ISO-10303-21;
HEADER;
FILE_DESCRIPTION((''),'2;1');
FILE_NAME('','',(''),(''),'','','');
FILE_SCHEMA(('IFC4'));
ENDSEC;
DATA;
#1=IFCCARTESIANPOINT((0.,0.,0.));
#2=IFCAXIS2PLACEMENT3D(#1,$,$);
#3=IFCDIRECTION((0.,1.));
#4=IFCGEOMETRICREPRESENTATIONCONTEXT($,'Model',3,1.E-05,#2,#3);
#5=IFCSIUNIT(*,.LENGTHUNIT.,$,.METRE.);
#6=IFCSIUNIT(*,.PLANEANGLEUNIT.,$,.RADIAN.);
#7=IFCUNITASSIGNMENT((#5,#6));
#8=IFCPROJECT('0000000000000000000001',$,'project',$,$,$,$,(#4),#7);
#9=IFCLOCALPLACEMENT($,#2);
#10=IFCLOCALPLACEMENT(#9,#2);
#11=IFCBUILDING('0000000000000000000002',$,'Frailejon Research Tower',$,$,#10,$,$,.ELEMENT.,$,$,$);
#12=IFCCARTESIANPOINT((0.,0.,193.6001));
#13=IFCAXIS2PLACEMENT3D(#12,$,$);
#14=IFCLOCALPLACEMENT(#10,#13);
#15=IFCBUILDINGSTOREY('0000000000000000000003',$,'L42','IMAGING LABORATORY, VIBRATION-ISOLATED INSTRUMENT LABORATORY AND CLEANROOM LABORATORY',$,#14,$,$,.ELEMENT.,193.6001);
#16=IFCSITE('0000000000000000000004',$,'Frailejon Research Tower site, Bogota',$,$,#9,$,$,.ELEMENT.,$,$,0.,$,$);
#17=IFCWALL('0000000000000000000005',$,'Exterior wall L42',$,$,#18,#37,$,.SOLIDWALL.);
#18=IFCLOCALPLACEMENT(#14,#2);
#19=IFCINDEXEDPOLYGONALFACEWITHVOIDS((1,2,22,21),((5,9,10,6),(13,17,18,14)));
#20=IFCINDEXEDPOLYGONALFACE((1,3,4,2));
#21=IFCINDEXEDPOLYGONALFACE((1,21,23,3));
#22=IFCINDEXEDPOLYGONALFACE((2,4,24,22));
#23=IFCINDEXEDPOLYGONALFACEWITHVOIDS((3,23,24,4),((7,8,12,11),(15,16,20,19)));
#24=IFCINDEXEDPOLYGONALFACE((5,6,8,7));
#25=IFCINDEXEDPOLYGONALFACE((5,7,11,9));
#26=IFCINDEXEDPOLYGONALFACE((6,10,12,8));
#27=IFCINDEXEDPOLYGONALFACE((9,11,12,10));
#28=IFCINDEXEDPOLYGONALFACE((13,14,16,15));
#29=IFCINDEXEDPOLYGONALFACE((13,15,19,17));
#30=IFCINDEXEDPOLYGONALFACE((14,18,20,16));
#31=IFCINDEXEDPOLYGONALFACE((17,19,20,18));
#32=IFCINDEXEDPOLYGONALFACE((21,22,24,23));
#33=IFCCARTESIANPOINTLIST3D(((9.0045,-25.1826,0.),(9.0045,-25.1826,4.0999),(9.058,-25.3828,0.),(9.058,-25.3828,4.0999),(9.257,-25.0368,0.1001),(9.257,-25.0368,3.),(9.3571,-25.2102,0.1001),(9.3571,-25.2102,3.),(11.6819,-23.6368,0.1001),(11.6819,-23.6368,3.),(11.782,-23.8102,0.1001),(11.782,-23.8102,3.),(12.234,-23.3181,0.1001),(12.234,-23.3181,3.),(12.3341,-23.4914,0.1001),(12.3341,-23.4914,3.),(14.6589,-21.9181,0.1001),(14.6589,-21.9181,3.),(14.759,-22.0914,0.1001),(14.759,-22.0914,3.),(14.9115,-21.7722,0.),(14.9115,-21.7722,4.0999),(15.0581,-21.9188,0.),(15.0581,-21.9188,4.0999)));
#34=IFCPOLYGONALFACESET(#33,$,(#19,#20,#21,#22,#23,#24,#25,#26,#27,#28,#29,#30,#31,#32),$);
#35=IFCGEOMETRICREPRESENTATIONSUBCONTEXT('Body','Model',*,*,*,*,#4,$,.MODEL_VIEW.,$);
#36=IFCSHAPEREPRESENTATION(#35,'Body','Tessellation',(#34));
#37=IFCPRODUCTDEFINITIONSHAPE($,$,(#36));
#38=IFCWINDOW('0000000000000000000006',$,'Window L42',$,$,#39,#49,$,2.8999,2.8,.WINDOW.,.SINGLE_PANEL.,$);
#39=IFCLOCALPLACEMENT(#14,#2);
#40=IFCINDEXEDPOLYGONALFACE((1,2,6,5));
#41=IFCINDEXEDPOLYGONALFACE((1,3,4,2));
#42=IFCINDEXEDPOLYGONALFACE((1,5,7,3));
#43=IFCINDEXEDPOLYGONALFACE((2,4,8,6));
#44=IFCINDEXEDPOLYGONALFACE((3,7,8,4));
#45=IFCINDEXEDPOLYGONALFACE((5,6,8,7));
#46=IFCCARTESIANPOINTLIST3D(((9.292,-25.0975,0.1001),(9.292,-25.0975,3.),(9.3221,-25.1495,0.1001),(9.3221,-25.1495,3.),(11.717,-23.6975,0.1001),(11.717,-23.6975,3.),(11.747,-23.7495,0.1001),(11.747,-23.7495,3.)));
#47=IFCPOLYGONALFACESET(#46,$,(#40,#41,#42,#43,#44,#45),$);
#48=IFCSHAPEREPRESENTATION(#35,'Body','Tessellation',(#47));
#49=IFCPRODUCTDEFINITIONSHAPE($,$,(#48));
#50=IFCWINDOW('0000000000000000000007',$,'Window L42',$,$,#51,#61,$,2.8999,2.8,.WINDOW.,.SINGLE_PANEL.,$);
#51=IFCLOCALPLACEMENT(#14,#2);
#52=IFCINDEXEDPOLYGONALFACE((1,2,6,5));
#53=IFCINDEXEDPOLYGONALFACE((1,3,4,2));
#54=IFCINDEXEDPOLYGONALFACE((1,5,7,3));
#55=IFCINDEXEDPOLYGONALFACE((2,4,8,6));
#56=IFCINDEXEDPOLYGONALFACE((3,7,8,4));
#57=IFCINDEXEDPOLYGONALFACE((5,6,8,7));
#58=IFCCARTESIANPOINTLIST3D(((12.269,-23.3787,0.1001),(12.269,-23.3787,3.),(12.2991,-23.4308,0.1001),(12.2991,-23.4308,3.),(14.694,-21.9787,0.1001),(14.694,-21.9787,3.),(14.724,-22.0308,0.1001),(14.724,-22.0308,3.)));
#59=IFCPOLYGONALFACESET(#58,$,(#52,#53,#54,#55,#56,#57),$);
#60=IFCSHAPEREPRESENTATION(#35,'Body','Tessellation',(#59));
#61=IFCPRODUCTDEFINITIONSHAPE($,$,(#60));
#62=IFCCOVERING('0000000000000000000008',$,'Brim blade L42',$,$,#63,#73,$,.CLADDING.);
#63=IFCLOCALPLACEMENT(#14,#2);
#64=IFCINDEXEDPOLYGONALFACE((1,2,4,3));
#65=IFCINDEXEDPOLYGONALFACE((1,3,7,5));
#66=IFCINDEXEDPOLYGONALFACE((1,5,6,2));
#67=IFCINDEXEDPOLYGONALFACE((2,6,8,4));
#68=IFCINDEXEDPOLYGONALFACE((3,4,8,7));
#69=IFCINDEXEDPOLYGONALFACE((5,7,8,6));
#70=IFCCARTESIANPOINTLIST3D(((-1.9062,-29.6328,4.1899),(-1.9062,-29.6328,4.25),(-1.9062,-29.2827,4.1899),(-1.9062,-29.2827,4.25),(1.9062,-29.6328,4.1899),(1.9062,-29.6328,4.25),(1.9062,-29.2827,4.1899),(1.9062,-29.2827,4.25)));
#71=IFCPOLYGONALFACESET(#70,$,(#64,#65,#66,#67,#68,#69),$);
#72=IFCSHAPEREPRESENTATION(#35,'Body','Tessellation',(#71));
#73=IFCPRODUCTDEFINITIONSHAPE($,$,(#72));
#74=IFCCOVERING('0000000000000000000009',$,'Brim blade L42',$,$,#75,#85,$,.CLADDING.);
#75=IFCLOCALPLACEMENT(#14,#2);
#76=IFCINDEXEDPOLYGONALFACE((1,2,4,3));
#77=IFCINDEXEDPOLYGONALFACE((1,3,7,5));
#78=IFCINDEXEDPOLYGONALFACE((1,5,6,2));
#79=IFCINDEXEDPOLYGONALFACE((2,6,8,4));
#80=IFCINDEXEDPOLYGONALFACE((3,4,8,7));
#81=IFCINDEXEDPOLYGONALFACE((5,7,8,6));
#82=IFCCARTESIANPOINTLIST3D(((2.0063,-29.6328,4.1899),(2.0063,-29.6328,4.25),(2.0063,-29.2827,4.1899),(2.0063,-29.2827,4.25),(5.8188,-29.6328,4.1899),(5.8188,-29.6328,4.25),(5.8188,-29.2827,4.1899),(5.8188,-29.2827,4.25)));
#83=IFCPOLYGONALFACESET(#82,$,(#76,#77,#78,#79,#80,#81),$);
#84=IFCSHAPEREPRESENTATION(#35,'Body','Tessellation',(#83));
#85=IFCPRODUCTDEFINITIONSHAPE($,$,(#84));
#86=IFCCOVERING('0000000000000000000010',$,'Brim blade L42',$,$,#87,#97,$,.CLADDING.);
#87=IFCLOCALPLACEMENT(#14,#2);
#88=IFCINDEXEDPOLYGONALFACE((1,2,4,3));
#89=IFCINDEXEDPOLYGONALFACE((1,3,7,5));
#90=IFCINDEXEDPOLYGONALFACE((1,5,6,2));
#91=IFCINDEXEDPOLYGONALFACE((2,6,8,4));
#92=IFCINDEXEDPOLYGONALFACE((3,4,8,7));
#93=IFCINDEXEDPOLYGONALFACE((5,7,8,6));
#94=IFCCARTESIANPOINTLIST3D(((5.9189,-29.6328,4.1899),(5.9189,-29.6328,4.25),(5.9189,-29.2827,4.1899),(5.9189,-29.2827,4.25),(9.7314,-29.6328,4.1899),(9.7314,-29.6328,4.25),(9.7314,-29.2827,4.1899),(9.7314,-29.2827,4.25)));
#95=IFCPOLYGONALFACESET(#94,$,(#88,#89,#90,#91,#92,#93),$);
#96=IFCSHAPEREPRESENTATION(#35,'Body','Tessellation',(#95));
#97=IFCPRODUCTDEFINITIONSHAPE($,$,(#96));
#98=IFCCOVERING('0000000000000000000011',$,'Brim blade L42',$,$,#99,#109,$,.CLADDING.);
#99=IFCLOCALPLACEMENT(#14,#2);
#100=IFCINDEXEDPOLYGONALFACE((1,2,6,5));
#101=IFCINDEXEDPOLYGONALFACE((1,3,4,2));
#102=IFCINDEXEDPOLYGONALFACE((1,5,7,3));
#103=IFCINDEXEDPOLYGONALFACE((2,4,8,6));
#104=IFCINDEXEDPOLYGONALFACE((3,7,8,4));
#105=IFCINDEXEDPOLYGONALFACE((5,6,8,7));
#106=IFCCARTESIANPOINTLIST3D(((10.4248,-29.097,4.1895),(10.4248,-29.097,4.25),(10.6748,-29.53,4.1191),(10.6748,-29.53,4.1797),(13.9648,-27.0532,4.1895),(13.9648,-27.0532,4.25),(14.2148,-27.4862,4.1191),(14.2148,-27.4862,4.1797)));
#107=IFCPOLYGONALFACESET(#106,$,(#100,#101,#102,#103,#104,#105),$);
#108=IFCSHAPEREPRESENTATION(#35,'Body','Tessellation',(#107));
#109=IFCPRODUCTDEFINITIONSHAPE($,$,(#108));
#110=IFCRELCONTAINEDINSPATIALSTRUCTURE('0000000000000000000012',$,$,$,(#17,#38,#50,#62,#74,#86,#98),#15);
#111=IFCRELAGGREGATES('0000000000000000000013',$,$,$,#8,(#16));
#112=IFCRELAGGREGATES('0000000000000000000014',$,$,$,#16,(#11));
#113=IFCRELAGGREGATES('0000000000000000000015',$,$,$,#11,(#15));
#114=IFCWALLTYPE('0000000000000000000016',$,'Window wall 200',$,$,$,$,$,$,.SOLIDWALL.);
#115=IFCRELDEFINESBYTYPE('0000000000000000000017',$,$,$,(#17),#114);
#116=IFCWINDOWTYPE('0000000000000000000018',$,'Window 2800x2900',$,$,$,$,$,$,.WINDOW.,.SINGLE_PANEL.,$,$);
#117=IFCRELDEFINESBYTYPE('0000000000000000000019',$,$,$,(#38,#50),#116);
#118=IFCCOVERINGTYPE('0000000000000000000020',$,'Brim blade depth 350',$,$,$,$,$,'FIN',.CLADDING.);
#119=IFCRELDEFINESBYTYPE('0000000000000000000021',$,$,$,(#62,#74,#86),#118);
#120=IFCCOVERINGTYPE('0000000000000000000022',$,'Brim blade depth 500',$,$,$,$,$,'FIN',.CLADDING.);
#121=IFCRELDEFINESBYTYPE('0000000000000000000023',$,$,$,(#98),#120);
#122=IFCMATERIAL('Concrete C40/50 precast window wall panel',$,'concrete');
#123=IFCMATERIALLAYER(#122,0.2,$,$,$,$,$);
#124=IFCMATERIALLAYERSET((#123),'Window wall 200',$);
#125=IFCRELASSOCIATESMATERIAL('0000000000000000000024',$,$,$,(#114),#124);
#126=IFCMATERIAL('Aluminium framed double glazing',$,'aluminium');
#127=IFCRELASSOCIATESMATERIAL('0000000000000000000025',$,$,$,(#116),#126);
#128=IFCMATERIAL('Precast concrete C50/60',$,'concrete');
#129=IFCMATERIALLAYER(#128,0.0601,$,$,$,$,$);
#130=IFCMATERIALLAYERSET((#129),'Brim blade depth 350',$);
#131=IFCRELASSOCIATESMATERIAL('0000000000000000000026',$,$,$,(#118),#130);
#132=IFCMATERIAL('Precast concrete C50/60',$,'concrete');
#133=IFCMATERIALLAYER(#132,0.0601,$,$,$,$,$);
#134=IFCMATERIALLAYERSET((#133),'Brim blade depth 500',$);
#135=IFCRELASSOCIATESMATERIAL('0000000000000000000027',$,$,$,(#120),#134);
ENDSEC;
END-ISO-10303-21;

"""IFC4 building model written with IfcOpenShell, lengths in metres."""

from ifc_helpers import new_model, si_unit, direction, frame, frame_2d, origin, place, context, subcontext, project, spatial, polyline, rectangle, outline, extrude, material, layer, layer_set, type_object, element, fill, save


model = new_model("IFC4")

# Units and contexts
model_context = context("Model", 3, precision=1e-05, world=origin(), true_north=direction((0.0, 1.0)))
body_context = subcontext(model_context, "Body", "Model", "MODEL_VIEW")
ifc_project = project(units=[si_unit("LENGTHUNIT", "METRE"), si_unit("PLANEANGLEUNIT", "RADIAN")], contexts=[model_context])

# Site, building, storey
site_placement = place(None, origin())
site = spatial("IfcSite", under=ifc_project, at=site_placement, Name="Frailejon Research Tower site, Bogota", CompositionType="ELEMENT", RefElevation=0.0)
building_placement = place(site_placement, origin())
building = spatial("IfcBuilding", under=site, at=building_placement, Name="Frailejon Research Tower", CompositionType="ELEMENT")
storey_placement = place(building_placement, frame((0.0, 0.0, 193.6001)))
storey = spatial("IfcBuildingStorey", under=building, at=storey_placement, Name="L42", Description="IMAGING LABORATORY, VIBRATION-ISOLATED INSTRUMENT LABORATORY AND CLEANROOM LABORATORY", CompositionType="ELEMENT", Elevation=193.6001)

# Wall, openings, windows
ifc_material_1 = material(Name="Concrete C40/50 precast window wall panel", Category="concrete")
ifc_layer_1 = layer(ifc_material_1, 0.2)
ifc_layer_set_1 = layer_set([ifc_layer_1], Name="Window wall 200")
wall_type_1 = type_object("IfcWallType", Name="Window wall 200", PredefinedType="SOLIDWALL", material=ifc_layer_set_1)
wall_1_placement = place(storey_placement, frame((9.0312, -25.2827, 0.0), z_axis=(0.0, 0.0, 1.0), x_axis=(0.866029, 0.499993, 0.0)))
wall_1 = element("IfcWall", 1, at=wall_1_placement, inside=storey, type_object=wall_type_1, Name="Exterior wall L42", PredefinedType="SOLIDWALL", context=body_context, shape_type="SweptSolid", body=[
    extrude(outline(polyline([(-0.0269, -0.1001), (1.1279, -0.1001), (2.2825, -0.1001), (3.4373, -0.1001), (4.592, -0.1001), (5.7466, -0.1001), (6.9014, -0.1001), (6.8477, 0.1001), (5.7109, 0.1001), (4.574, 0.1001), (3.4373, 0.1001), (2.3005, 0.1001), (1.1636, 0.1001), (0.0269, 0.1001), (-0.0269, -0.1001)])), origin(), (0.0, 0.0, 1.0), 4.0999),
])
opening_1_placement = place(wall_1_placement, frame((0.3186, 0.0, 0.1001)))
opening_1 = element("IfcOpeningElement", 2, at=opening_1_placement, cuts=wall_1, PredefinedType="OPENING", context=body_context, shape_type="SweptSolid", body=[
    extrude(rectangle(XDim=2.8, YDim=2.8999, at=frame_2d((1.3999, 1.45))), frame((0.0, 0.1099, 0.0), z_axis=(0.0, -1.0, 0.0), x_axis=(1.0, 0.0, 0.0)), (0.0, 0.0, 1.0), 0.22),
])
opening_2_placement = place(wall_1_placement, frame((3.7561, 0.0, 0.1001)))
opening_2 = element("IfcOpeningElement", 3, at=opening_2_placement, cuts=wall_1, PredefinedType="OPENING", context=body_context, shape_type="SweptSolid", body=[
    extrude(rectangle(XDim=2.8, YDim=2.8999, at=frame_2d((1.3999, 1.45))), frame((0.0, 0.1099, 0.0), z_axis=(0.0, -1.0, 0.0), x_axis=(1.0, 0.0, 0.0)), (0.0, 0.0, 1.0), 0.22),
])
ifc_material_2 = material(Name="Aluminium framed double glazing", Category="aluminium")
window_type = type_object("IfcWindowType", Name="Window 2800x2900", PartitioningType="SINGLE_PANEL", PredefinedType="WINDOW", material=ifc_material_2)
window_1_placement = place(opening_1_placement, origin())
window_1 = element("IfcWindow", 4, at=window_1_placement, inside=storey, type_object=window_type, Name="Window L42", OverallHeight=2.8999, OverallWidth=2.8, PartitioningType="SINGLE_PANEL", PredefinedType="WINDOW", context=body_context, shape_type="SweptSolid", body=[
    extrude(rectangle(XDim=2.8, YDim=2.8999, at=frame_2d((1.3999, 1.45))), frame((0.0, 0.03, 0.0), z_axis=(0.0, -1.0, 0.0), x_axis=(1.0, 0.0, 0.0)), (0.0, 0.0, 1.0), 0.0601),
])
fill(opening_1, window_1)
window_2_placement = place(opening_2_placement, origin())
window_2 = element("IfcWindow", 5, at=window_2_placement, inside=storey, type_object=window_type, Name="Window L42", OverallHeight=2.8999, OverallWidth=2.8, PartitioningType="SINGLE_PANEL", PredefinedType="WINDOW", context=body_context, shape_type="SweptSolid", body=[
    extrude(rectangle(XDim=2.8, YDim=2.8999, at=frame_2d((1.3999, 1.45))), frame((0.0, 0.03, 0.0), z_axis=(0.0, -1.0, 0.0), x_axis=(1.0, 0.0, 0.0)), (0.0, 0.0, 1.0), 0.0601),
])
fill(opening_2, window_2)

# Coverings
ifc_material_3 = material(Name="Precast concrete C50/60", Category="concrete")
ifc_layer_2 = layer(ifc_material_3, 0.0601)
ifc_layer_set_2 = layer_set([ifc_layer_2], Name="Brim blade depth 350")
covering_type_1 = type_object("IfcCoveringType", Name="Brim blade depth 350", ElementType="FIN", PredefinedType="CLADDING", material=ifc_layer_set_2)
for number, where, z_axis, x_axis, name in (
    (6, (1.9062, -29.2827, 4.25), (-1.0, 0.0, 0.0), (0.0, -1.0, 0.0), "Brim blade L42"),
    (7, (5.8188, -29.2827, 4.25), (-1.0, 0.0, 0.0), (0.0, -1.0, 0.0), "Brim blade L42"),
    (8, (9.7314, -29.2827, 4.25), (-1.0, 0.0, 0.0), (0.0, -1.0, 0.0), "Brim blade L42"),
):
    element("IfcCovering", number, at=place(storey_placement, frame(where, z_axis=z_axis, x_axis=x_axis)), inside=storey, type_object=covering_type_1, Name=name, PredefinedType="CLADDING", context=body_context, shape_type="SweptSolid", body=[
        extrude(outline(polyline([(0.0, -0.0601), (0.3501, -0.0601), (0.3501, 0.0), (0.0, 0.0), (0.0, -0.0601)])), origin(), (0.0, 0.0, 1.0), 3.8125),
    ])
ifc_material_4 = material(Name="Precast concrete C50/60", Category="concrete")
ifc_layer_3 = layer(ifc_material_4, 0.0601)
ifc_layer_set_3 = layer_set([ifc_layer_3], Name="Brim blade depth 500")
covering_type_2 = type_object("IfcCoveringType", Name="Brim blade depth 500", ElementType="FIN", PredefinedType="CLADDING", material=ifc_layer_set_3)
covering_placement = place(storey_placement, frame((13.9648, -27.0532, 4.25), z_axis=(-0.866027, -0.499997, 0.0), x_axis=(0.499997, -0.866027, 0.0)))
element("IfcCovering", 9, at=covering_placement, inside=storey, type_object=covering_type_2, Name="Brim blade L42", PredefinedType="CLADDING", context=body_context, shape_type="SweptSolid", body=[
    extrude(outline(polyline([(0.0, -0.0605), (0.5, -0.1309), (0.5, -0.0703), (0.0, 0.0), (0.0, -0.0605)])), origin(), (0.0, 0.0, 1.0), 4.0876),
])

save(model, "model.ifc")
